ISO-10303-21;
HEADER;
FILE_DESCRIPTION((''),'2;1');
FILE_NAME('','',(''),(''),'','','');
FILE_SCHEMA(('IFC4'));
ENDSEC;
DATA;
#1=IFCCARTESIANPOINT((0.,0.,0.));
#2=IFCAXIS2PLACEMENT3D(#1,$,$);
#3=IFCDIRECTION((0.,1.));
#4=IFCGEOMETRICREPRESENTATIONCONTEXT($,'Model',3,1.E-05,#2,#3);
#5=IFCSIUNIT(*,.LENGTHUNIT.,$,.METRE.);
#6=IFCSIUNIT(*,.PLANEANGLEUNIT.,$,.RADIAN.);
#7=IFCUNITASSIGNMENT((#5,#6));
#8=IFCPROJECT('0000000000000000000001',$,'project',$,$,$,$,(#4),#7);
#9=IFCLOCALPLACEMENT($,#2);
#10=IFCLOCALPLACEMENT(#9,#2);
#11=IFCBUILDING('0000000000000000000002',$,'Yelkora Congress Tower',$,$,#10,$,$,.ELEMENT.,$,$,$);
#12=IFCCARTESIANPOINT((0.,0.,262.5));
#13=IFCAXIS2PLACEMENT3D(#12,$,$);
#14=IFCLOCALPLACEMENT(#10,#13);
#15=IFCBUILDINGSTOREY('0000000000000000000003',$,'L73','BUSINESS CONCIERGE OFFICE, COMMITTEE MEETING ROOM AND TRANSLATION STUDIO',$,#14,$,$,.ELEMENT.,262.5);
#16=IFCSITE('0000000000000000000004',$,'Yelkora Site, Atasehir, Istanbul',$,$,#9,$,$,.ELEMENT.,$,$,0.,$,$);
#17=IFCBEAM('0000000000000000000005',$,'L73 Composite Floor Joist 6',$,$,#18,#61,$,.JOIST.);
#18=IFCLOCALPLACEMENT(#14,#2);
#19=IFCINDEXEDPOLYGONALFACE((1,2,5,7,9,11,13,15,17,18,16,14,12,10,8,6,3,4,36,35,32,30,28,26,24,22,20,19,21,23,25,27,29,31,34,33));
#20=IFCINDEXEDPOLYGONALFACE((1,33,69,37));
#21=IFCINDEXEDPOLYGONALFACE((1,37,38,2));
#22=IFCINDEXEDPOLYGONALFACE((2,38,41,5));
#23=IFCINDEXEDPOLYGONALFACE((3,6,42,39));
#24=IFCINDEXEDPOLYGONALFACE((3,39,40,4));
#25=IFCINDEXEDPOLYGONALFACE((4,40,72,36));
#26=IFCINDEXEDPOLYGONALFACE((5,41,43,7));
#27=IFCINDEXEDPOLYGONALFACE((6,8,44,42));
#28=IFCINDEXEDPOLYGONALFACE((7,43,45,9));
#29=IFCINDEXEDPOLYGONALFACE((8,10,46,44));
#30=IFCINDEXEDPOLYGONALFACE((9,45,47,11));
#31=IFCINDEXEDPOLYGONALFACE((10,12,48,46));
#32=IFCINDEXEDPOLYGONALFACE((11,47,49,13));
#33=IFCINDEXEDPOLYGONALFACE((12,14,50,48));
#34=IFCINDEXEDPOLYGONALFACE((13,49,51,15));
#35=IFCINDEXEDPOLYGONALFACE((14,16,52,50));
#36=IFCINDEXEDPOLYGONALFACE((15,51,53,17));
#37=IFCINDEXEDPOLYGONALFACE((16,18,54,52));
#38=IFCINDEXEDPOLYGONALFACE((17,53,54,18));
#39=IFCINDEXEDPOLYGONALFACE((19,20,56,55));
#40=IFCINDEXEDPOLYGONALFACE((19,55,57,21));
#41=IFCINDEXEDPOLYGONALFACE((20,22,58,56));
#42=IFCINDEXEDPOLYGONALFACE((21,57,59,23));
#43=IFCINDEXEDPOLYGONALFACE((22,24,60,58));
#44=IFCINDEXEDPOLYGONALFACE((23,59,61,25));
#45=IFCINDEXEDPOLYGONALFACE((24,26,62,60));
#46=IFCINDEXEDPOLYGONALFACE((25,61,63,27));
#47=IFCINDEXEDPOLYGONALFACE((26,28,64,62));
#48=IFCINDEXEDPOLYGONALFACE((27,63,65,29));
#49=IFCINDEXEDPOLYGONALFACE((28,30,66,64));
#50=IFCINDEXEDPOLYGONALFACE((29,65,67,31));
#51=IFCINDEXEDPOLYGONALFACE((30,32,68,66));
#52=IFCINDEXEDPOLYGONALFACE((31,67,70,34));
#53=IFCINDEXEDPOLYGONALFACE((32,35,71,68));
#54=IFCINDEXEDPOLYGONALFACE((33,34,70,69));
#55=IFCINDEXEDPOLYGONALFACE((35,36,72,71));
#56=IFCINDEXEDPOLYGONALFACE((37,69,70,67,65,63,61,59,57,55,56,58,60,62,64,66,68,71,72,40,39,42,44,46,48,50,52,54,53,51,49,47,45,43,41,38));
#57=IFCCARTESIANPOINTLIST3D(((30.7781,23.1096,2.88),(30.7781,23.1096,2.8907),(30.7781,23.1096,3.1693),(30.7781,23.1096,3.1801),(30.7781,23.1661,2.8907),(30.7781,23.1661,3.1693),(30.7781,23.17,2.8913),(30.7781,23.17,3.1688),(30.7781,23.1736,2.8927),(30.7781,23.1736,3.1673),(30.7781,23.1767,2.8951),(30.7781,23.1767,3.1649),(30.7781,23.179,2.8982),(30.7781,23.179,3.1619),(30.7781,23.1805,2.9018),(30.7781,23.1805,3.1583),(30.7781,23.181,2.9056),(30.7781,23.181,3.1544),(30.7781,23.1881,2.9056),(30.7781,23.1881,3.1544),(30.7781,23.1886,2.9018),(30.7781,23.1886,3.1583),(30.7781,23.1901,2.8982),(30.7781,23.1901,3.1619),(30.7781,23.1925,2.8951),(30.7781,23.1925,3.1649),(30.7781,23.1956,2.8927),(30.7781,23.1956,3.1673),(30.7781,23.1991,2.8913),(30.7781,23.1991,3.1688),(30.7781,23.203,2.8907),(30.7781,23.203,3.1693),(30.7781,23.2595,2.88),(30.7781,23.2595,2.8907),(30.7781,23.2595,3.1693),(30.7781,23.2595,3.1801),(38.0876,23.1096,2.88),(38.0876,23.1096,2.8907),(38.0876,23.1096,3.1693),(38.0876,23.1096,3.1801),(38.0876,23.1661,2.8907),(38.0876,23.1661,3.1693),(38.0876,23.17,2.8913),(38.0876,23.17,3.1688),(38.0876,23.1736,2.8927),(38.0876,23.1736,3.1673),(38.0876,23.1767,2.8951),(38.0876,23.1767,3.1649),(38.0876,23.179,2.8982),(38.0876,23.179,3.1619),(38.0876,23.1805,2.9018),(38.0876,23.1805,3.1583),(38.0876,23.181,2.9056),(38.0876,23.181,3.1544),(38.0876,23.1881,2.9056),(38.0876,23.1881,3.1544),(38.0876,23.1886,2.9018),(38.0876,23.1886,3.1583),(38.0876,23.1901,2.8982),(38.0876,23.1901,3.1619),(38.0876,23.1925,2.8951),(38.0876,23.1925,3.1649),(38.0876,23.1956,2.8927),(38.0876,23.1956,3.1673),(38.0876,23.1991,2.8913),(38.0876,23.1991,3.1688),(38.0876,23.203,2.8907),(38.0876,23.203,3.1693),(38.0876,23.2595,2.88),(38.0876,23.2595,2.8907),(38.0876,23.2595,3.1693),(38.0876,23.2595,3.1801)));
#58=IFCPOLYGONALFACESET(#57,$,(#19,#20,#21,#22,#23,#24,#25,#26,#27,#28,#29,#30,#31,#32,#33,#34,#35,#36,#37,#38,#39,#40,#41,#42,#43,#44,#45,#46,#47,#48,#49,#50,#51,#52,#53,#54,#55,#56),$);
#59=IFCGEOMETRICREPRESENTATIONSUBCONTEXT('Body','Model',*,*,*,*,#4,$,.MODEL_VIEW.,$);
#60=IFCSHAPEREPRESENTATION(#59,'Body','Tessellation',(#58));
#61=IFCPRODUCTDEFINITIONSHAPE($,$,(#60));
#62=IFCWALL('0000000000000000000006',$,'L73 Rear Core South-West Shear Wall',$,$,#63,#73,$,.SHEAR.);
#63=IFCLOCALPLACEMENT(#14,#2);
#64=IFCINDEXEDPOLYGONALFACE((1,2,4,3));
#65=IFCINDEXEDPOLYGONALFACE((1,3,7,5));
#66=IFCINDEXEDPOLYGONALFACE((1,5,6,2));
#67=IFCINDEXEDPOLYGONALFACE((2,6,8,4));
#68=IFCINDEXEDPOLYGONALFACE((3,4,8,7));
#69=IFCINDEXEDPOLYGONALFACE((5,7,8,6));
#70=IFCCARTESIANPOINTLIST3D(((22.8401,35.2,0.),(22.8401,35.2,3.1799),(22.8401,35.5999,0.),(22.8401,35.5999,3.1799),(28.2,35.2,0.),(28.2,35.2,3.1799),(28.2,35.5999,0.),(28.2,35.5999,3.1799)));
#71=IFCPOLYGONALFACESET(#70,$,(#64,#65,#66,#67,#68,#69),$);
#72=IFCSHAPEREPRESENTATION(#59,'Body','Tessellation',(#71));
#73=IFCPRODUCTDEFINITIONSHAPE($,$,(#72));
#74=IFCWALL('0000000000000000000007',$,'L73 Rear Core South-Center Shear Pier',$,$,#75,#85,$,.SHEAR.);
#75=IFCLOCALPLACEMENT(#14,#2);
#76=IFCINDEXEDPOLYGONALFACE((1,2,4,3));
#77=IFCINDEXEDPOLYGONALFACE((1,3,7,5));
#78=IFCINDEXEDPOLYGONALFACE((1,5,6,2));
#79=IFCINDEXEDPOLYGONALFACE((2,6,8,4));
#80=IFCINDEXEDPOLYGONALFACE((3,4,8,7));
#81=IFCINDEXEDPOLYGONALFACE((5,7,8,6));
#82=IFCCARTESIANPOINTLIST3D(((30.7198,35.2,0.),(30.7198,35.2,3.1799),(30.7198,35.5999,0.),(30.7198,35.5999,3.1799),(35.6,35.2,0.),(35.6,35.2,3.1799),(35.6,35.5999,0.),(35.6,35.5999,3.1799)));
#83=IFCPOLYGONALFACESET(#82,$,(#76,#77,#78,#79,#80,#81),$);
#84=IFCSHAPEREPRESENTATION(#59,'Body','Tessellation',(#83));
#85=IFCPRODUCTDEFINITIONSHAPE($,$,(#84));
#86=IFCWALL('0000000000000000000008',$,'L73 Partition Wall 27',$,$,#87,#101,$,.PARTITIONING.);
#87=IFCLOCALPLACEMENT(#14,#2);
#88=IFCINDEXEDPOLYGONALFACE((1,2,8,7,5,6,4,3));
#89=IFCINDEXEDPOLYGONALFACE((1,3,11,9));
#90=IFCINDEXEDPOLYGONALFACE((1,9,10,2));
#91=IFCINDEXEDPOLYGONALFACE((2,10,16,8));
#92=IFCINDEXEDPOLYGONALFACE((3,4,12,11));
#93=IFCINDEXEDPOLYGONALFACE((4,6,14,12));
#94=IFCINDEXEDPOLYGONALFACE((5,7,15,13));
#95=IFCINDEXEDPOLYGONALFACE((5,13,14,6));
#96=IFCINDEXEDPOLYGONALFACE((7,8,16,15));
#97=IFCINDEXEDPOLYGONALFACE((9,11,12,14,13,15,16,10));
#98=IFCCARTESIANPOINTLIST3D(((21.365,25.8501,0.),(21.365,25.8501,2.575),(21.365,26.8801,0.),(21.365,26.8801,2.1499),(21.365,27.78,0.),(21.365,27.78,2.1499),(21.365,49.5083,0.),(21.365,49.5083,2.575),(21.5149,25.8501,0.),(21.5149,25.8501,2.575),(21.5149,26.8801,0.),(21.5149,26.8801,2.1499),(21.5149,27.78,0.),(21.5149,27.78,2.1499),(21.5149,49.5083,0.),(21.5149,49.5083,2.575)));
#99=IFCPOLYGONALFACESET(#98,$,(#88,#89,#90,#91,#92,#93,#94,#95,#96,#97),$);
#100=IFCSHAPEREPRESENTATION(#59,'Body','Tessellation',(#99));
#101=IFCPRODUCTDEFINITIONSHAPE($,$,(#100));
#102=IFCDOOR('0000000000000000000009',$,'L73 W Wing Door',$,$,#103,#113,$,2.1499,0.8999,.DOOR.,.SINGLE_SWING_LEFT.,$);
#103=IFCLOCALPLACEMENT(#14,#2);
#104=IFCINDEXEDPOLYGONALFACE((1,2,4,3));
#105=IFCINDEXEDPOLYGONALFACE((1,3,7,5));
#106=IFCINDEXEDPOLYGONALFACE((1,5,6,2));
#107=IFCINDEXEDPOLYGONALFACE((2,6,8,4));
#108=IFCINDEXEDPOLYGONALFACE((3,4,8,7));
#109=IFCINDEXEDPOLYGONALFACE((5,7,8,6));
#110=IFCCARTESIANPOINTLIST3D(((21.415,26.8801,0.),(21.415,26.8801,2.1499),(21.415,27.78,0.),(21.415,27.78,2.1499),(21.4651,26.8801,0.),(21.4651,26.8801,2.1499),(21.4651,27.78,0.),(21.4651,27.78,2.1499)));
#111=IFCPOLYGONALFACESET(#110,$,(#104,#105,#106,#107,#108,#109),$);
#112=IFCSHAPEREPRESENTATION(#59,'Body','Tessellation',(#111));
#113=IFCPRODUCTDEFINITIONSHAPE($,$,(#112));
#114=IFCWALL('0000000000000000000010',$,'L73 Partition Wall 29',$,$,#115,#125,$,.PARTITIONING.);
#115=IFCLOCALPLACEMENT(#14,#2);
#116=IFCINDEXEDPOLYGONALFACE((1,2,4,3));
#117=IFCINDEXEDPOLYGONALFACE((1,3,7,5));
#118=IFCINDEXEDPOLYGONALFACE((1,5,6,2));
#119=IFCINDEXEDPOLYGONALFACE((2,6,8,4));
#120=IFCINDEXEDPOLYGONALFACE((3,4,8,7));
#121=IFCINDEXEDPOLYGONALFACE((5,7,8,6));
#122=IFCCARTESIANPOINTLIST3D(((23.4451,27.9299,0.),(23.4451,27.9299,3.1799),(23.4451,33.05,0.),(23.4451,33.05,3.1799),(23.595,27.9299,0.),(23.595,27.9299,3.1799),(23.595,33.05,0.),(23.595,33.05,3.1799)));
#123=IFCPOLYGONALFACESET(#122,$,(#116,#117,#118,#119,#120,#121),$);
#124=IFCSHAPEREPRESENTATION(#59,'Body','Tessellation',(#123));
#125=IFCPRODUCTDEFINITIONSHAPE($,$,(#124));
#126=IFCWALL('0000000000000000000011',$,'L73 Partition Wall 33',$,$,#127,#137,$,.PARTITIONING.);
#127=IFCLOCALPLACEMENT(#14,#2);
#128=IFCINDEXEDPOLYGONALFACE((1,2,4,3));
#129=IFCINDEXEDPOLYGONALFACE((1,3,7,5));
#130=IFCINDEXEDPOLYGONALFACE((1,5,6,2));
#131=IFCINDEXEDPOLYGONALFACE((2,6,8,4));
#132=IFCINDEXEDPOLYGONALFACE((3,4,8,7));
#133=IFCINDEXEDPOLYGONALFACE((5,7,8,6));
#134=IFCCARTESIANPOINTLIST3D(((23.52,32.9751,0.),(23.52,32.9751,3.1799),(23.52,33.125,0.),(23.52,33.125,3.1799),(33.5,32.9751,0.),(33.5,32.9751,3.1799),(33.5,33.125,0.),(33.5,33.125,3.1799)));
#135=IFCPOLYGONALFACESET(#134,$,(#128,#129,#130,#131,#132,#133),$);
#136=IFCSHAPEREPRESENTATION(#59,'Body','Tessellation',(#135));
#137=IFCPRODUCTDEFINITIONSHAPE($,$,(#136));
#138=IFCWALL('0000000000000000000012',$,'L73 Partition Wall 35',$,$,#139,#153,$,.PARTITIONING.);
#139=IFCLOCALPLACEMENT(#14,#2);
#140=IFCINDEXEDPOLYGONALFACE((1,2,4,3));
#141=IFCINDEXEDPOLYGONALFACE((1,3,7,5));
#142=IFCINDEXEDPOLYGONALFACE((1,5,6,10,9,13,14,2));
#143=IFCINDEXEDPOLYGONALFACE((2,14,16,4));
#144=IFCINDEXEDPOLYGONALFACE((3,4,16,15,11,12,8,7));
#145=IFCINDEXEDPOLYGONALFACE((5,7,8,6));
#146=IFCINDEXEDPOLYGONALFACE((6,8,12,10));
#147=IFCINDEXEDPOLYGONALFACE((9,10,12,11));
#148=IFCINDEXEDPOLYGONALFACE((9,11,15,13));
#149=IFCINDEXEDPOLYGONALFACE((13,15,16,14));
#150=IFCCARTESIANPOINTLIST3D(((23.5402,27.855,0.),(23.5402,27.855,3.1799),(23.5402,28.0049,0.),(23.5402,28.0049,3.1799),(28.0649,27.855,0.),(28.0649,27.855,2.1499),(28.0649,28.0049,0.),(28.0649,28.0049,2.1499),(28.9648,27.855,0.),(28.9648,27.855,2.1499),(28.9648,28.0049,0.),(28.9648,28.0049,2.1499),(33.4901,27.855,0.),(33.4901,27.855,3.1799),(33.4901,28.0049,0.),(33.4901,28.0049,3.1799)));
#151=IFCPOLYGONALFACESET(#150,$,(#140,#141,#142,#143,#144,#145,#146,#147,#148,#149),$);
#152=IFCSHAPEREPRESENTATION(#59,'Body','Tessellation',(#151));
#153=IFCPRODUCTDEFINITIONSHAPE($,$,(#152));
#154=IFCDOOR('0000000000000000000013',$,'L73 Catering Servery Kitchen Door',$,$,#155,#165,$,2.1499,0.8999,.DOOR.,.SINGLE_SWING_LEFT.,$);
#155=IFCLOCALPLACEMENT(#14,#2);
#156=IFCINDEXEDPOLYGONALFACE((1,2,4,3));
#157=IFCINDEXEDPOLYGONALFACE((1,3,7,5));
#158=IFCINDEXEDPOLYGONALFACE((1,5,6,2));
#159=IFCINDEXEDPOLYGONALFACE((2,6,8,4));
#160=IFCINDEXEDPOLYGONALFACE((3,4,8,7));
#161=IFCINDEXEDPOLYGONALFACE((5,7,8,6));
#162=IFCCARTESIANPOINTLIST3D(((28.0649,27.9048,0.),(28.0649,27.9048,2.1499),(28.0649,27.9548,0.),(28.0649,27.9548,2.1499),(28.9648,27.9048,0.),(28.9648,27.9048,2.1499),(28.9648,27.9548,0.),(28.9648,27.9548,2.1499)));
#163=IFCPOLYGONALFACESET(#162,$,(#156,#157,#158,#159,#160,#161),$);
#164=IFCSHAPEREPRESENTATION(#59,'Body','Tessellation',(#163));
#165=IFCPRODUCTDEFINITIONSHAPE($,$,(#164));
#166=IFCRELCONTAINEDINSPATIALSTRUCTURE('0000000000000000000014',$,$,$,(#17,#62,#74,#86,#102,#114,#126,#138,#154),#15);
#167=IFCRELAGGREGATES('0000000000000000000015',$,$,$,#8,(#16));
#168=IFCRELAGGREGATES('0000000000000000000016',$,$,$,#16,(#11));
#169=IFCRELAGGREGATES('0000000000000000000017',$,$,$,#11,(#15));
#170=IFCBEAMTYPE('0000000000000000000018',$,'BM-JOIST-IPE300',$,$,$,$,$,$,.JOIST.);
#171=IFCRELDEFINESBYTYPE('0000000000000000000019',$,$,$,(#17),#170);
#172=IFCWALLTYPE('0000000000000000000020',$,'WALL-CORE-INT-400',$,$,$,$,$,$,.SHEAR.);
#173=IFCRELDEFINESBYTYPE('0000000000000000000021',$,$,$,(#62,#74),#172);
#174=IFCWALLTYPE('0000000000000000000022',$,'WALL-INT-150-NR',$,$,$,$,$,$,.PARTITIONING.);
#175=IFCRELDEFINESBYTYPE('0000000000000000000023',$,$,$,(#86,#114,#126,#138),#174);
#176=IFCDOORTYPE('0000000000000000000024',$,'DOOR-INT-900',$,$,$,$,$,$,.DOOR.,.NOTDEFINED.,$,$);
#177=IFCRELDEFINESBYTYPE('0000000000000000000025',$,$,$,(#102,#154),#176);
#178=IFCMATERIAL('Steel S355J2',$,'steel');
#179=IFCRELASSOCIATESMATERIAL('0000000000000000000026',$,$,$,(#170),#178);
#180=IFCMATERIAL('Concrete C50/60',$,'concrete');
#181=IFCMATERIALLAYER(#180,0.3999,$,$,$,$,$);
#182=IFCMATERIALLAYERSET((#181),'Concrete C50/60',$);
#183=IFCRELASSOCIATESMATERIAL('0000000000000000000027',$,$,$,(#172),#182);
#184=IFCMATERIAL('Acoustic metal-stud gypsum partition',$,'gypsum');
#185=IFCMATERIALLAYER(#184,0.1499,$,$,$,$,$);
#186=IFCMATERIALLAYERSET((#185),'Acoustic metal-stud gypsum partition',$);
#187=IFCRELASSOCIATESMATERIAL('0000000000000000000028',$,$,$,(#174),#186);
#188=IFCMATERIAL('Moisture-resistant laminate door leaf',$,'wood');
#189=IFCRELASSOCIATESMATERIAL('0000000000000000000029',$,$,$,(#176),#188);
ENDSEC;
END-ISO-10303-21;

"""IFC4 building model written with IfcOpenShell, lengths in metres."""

from ifc_helpers import new_model, si_unit, direction, frame, frame_2d, origin, origin_2d, place, context, subcontext, project, spatial, rectangle, i_section, extrude, material, layer, layer_set, material_profile, profile_set, type_object, element, fill, save


model = new_model("IFC4")

# Units and contexts
model_context = context("Model", 3, precision=1e-05, world=origin(), true_north=direction((0.0, 1.0)))
body_context = subcontext(model_context, "Body", "Model", "MODEL_VIEW")
ifc_project = project(units=[si_unit("LENGTHUNIT", "METRE"), si_unit("PLANEANGLEUNIT", "RADIAN")], contexts=[model_context])

# Site, building, storey
site_placement = place(None, origin())
site = spatial("IfcSite", under=ifc_project, at=site_placement, Name="Yelkora Site, Atasehir, Istanbul", CompositionType="ELEMENT", RefElevation=0.0)
building_placement = place(site_placement, origin())
building = spatial("IfcBuilding", under=site, at=building_placement, Name="Yelkora Congress Tower", CompositionType="ELEMENT")
storey_placement = place(building_placement, frame((0.0, 0.0, 262.5)))
storey = spatial("IfcBuildingStorey", under=building, at=storey_placement, Name="L73", Description="BUSINESS CONCIERGE OFFICE, COMMITTEE MEETING ROOM AND TRANSLATION STUDIO", CompositionType="ELEMENT", Elevation=262.5)

# Beam
ifc_material_1 = material(Name="Steel S355J2", Category="steel")
ifc_material_profile_1 = material_profile(ifc_material_1, i_section(OverallWidth=0.1499, OverallDepth=0.3, WebThickness=0.0071, FlangeThickness=0.0107, FilletRadius=0.0149, at=origin_2d()), Name="IPE 300")
ifc_profile_set_1 = profile_set([ifc_material_profile_1], Name="Steel S355J2")
beam_type_1 = type_object("IfcBeamType", Name="BM-JOIST-IPE300", PredefinedType="JOIST", material=ifc_profile_set_1)
beam_1_placement = place(storey_placement, frame((30.7781, 23.1846, 3.03), z_axis=(1.0, 0.0, 0.0), x_axis=(0.0, 1.0, 0.0)))
element("IfcBeam", 1, at=beam_1_placement, inside=storey, type_object=beam_type_1, Name="L73 Composite Floor Joist 6", PredefinedType="JOIST", context=body_context, shape_type="SweptSolid", body=[
    extrude(i_section(OverallWidth=0.1499, OverallDepth=0.3, WebThickness=0.0071, FlangeThickness=0.0107, FilletRadius=0.0149, at=origin_2d()), origin(), (0.0, 0.0, 1.0), 7.3096),
])

# Walls
ifc_material_2 = material(Name="Concrete C50/60", Category="concrete")
ifc_layer_1 = layer(ifc_material_2, 0.3999)
ifc_layer_set_1 = layer_set([ifc_layer_1], Name="Concrete C50/60")
wall_type_1 = type_object("IfcWallType", Name="WALL-CORE-INT-400", PredefinedType="SHEAR", material=ifc_layer_set_1)
wall_1_placement = place(storey_placement, frame((22.8401, 35.3999, 0.0), z_axis=(0.0, 0.0, 1.0), x_axis=(1.0, 0.0, 0.0)))
element("IfcWall", 2, at=wall_1_placement, inside=storey, type_object=wall_type_1, Name="L73 Rear Core South-West Shear Wall", PredefinedType="SHEAR", context=body_context, shape_type="SweptSolid", body=[
    extrude(rectangle(XDim=5.3599, YDim=0.3999, at=frame_2d((2.6799, 0.0))), origin(), (0.0, 0.0, 1.0), 3.1799),
])
wall_2_placement = place(storey_placement, frame((30.72, 35.3999, 0.0), z_axis=(0.0, 0.0, 1.0), x_axis=(1.0, 0.0, 0.0)))
element("IfcWall", 3, at=wall_2_placement, inside=storey, type_object=wall_type_1, Name="L73 Rear Core South-Center Shear Pier", PredefinedType="SHEAR", context=body_context, shape_type="SweptSolid", body=[
    extrude(rectangle(XDim=4.8801, YDim=0.3999, at=frame_2d((2.4399, 0.0))), origin(), (0.0, 0.0, 1.0), 3.1799),
])

# Wall, opening, door
ifc_material_3 = material(Name="Acoustic metal-stud gypsum partition", Category="gypsum")
ifc_layer_2 = layer(ifc_material_3, 0.1499)
ifc_layer_set_2 = layer_set([ifc_layer_2], Name="Acoustic metal-stud gypsum partition")
wall_type_2 = type_object("IfcWallType", Name="WALL-INT-150-NR", PredefinedType="PARTITIONING", material=ifc_layer_set_2)
wall_3_placement = place(storey_placement, frame((21.4399, 25.8501, 0.0), z_axis=(0.0, 0.0, 1.0), x_axis=(0.0, 1.0, 0.0)))
wall_3 = element("IfcWall", 4, at=wall_3_placement, inside=storey, type_object=wall_type_2, Name="L73 Partition Wall 27", PredefinedType="PARTITIONING", context=body_context, shape_type="SweptSolid", body=[
    extrude(rectangle(XDim=23.6582, YDim=0.1499, at=frame_2d((11.8291, 0.0))), origin(), (0.0, 0.0, 1.0), 2.575),
])
opening_1_placement = place(wall_3_placement, frame((1.03, 0.0, 0.0)))
opening_1 = element("IfcOpeningElement", 5, at=opening_1_placement, cuts=wall_3, PredefinedType="OPENING", context=body_context, shape_type="SweptSolid", body=[
    extrude(rectangle(XDim=0.8999, YDim=2.1499, at=frame_2d((0.45, 1.075))), frame((0.0, 0.085, 0.0), z_axis=(0.0, -1.0, 0.0), x_axis=(1.0, 0.0, 0.0)), (0.0, 0.0, 1.0), 0.1699),
])
ifc_material_4 = material(Name="Moisture-resistant laminate door leaf", Category="wood")
door_type_1 = type_object("IfcDoorType", Name="DOOR-INT-900", OperationType="NOTDEFINED", PredefinedType="DOOR", material=ifc_material_4)
door_1_placement = place(opening_1_placement, origin())
door_1 = element("IfcDoor", 6, at=door_1_placement, inside=storey, type_object=door_type_1, Name="L73 W Wing Door", OperationType="SINGLE_SWING_LEFT", OverallHeight=2.1499, OverallWidth=0.8999, PredefinedType="DOOR", context=body_context, shape_type="SweptSolid", body=[
    extrude(rectangle(XDim=0.8999, YDim=2.1499, at=frame_2d((0.45, 1.075))), frame((0.0, 0.0249, 0.0), z_axis=(0.0, -1.0, 0.0), x_axis=(1.0, 0.0, 0.0)), (0.0, 0.0, 1.0), 0.05),
])
fill(opening_1, door_1)

# Walls
wall_4_placement = place(storey_placement, frame((23.52, 27.9299, 0.0), z_axis=(0.0, 0.0, 1.0), x_axis=(0.0, 1.0, 0.0)))
element("IfcWall", 7, at=wall_4_placement, inside=storey, type_object=wall_type_2, Name="L73 Partition Wall 29", PredefinedType="PARTITIONING", context=body_context, shape_type="SweptSolid", body=[
    extrude(rectangle(XDim=5.1201, YDim=0.1499, at=frame_2d((2.5601, 0.0))), origin(), (0.0, 0.0, 1.0), 3.1799),
])
wall_5_placement = place(storey_placement, frame((23.52, 33.05, 0.0), z_axis=(0.0, 0.0, 1.0), x_axis=(1.0, 0.0, 0.0)))
element("IfcWall", 8, at=wall_5_placement, inside=storey, type_object=wall_type_2, Name="L73 Partition Wall 33", PredefinedType="PARTITIONING", context=body_context, shape_type="SweptSolid", body=[
    extrude(rectangle(XDim=9.98, YDim=0.1499, at=frame_2d((4.99, 0.0))), origin(), (0.0, 0.0, 1.0), 3.1799),
])

# Wall, opening, door
wall_6_placement = place(storey_placement, frame((23.54, 27.9299, 0.0), z_axis=(0.0, 0.0, 1.0), x_axis=(1.0, 0.0, 0.0)))
wall_6 = element("IfcWall", 9, at=wall_6_placement, inside=storey, type_object=wall_type_2, Name="L73 Partition Wall 35", PredefinedType="PARTITIONING", context=body_context, shape_type="SweptSolid", body=[
    extrude(rectangle(XDim=9.95, YDim=0.1499, at=frame_2d((4.9751, 0.0))), origin(), (0.0, 0.0, 1.0), 3.1799),
])
opening_2_placement = place(wall_6_placement, frame((4.5249, 0.0, 0.0)))
opening_2 = element("IfcOpeningElement", 10, at=opening_2_placement, cuts=wall_6, PredefinedType="OPENING", context=body_context, shape_type="SweptSolid", body=[
    extrude(rectangle(XDim=0.8999, YDim=2.1499, at=frame_2d((0.45, 1.075))), frame((0.0, 0.085, 0.0), z_axis=(0.0, -1.0, 0.0), x_axis=(1.0, 0.0, 0.0)), (0.0, 0.0, 1.0), 0.1699),
])
door_2_placement = place(opening_2_placement, origin())
door_2 = element("IfcDoor", 11, at=door_2_placement, inside=storey, type_object=door_type_1, Name="L73 Catering Servery Kitchen Door", OperationType="SINGLE_SWING_LEFT", OverallHeight=2.1499, OverallWidth=0.8999, PredefinedType="DOOR", context=body_context, shape_type="SweptSolid", body=[
    extrude(rectangle(XDim=0.8999, YDim=2.1499, at=frame_2d((0.45, 1.075))), frame((0.0, 0.0249, 0.0), z_axis=(0.0, -1.0, 0.0), x_axis=(1.0, 0.0, 0.0)), (0.0, 0.0, 1.0), 0.05),
])
fill(opening_2, door_2)

save(model, "model.ifc")
